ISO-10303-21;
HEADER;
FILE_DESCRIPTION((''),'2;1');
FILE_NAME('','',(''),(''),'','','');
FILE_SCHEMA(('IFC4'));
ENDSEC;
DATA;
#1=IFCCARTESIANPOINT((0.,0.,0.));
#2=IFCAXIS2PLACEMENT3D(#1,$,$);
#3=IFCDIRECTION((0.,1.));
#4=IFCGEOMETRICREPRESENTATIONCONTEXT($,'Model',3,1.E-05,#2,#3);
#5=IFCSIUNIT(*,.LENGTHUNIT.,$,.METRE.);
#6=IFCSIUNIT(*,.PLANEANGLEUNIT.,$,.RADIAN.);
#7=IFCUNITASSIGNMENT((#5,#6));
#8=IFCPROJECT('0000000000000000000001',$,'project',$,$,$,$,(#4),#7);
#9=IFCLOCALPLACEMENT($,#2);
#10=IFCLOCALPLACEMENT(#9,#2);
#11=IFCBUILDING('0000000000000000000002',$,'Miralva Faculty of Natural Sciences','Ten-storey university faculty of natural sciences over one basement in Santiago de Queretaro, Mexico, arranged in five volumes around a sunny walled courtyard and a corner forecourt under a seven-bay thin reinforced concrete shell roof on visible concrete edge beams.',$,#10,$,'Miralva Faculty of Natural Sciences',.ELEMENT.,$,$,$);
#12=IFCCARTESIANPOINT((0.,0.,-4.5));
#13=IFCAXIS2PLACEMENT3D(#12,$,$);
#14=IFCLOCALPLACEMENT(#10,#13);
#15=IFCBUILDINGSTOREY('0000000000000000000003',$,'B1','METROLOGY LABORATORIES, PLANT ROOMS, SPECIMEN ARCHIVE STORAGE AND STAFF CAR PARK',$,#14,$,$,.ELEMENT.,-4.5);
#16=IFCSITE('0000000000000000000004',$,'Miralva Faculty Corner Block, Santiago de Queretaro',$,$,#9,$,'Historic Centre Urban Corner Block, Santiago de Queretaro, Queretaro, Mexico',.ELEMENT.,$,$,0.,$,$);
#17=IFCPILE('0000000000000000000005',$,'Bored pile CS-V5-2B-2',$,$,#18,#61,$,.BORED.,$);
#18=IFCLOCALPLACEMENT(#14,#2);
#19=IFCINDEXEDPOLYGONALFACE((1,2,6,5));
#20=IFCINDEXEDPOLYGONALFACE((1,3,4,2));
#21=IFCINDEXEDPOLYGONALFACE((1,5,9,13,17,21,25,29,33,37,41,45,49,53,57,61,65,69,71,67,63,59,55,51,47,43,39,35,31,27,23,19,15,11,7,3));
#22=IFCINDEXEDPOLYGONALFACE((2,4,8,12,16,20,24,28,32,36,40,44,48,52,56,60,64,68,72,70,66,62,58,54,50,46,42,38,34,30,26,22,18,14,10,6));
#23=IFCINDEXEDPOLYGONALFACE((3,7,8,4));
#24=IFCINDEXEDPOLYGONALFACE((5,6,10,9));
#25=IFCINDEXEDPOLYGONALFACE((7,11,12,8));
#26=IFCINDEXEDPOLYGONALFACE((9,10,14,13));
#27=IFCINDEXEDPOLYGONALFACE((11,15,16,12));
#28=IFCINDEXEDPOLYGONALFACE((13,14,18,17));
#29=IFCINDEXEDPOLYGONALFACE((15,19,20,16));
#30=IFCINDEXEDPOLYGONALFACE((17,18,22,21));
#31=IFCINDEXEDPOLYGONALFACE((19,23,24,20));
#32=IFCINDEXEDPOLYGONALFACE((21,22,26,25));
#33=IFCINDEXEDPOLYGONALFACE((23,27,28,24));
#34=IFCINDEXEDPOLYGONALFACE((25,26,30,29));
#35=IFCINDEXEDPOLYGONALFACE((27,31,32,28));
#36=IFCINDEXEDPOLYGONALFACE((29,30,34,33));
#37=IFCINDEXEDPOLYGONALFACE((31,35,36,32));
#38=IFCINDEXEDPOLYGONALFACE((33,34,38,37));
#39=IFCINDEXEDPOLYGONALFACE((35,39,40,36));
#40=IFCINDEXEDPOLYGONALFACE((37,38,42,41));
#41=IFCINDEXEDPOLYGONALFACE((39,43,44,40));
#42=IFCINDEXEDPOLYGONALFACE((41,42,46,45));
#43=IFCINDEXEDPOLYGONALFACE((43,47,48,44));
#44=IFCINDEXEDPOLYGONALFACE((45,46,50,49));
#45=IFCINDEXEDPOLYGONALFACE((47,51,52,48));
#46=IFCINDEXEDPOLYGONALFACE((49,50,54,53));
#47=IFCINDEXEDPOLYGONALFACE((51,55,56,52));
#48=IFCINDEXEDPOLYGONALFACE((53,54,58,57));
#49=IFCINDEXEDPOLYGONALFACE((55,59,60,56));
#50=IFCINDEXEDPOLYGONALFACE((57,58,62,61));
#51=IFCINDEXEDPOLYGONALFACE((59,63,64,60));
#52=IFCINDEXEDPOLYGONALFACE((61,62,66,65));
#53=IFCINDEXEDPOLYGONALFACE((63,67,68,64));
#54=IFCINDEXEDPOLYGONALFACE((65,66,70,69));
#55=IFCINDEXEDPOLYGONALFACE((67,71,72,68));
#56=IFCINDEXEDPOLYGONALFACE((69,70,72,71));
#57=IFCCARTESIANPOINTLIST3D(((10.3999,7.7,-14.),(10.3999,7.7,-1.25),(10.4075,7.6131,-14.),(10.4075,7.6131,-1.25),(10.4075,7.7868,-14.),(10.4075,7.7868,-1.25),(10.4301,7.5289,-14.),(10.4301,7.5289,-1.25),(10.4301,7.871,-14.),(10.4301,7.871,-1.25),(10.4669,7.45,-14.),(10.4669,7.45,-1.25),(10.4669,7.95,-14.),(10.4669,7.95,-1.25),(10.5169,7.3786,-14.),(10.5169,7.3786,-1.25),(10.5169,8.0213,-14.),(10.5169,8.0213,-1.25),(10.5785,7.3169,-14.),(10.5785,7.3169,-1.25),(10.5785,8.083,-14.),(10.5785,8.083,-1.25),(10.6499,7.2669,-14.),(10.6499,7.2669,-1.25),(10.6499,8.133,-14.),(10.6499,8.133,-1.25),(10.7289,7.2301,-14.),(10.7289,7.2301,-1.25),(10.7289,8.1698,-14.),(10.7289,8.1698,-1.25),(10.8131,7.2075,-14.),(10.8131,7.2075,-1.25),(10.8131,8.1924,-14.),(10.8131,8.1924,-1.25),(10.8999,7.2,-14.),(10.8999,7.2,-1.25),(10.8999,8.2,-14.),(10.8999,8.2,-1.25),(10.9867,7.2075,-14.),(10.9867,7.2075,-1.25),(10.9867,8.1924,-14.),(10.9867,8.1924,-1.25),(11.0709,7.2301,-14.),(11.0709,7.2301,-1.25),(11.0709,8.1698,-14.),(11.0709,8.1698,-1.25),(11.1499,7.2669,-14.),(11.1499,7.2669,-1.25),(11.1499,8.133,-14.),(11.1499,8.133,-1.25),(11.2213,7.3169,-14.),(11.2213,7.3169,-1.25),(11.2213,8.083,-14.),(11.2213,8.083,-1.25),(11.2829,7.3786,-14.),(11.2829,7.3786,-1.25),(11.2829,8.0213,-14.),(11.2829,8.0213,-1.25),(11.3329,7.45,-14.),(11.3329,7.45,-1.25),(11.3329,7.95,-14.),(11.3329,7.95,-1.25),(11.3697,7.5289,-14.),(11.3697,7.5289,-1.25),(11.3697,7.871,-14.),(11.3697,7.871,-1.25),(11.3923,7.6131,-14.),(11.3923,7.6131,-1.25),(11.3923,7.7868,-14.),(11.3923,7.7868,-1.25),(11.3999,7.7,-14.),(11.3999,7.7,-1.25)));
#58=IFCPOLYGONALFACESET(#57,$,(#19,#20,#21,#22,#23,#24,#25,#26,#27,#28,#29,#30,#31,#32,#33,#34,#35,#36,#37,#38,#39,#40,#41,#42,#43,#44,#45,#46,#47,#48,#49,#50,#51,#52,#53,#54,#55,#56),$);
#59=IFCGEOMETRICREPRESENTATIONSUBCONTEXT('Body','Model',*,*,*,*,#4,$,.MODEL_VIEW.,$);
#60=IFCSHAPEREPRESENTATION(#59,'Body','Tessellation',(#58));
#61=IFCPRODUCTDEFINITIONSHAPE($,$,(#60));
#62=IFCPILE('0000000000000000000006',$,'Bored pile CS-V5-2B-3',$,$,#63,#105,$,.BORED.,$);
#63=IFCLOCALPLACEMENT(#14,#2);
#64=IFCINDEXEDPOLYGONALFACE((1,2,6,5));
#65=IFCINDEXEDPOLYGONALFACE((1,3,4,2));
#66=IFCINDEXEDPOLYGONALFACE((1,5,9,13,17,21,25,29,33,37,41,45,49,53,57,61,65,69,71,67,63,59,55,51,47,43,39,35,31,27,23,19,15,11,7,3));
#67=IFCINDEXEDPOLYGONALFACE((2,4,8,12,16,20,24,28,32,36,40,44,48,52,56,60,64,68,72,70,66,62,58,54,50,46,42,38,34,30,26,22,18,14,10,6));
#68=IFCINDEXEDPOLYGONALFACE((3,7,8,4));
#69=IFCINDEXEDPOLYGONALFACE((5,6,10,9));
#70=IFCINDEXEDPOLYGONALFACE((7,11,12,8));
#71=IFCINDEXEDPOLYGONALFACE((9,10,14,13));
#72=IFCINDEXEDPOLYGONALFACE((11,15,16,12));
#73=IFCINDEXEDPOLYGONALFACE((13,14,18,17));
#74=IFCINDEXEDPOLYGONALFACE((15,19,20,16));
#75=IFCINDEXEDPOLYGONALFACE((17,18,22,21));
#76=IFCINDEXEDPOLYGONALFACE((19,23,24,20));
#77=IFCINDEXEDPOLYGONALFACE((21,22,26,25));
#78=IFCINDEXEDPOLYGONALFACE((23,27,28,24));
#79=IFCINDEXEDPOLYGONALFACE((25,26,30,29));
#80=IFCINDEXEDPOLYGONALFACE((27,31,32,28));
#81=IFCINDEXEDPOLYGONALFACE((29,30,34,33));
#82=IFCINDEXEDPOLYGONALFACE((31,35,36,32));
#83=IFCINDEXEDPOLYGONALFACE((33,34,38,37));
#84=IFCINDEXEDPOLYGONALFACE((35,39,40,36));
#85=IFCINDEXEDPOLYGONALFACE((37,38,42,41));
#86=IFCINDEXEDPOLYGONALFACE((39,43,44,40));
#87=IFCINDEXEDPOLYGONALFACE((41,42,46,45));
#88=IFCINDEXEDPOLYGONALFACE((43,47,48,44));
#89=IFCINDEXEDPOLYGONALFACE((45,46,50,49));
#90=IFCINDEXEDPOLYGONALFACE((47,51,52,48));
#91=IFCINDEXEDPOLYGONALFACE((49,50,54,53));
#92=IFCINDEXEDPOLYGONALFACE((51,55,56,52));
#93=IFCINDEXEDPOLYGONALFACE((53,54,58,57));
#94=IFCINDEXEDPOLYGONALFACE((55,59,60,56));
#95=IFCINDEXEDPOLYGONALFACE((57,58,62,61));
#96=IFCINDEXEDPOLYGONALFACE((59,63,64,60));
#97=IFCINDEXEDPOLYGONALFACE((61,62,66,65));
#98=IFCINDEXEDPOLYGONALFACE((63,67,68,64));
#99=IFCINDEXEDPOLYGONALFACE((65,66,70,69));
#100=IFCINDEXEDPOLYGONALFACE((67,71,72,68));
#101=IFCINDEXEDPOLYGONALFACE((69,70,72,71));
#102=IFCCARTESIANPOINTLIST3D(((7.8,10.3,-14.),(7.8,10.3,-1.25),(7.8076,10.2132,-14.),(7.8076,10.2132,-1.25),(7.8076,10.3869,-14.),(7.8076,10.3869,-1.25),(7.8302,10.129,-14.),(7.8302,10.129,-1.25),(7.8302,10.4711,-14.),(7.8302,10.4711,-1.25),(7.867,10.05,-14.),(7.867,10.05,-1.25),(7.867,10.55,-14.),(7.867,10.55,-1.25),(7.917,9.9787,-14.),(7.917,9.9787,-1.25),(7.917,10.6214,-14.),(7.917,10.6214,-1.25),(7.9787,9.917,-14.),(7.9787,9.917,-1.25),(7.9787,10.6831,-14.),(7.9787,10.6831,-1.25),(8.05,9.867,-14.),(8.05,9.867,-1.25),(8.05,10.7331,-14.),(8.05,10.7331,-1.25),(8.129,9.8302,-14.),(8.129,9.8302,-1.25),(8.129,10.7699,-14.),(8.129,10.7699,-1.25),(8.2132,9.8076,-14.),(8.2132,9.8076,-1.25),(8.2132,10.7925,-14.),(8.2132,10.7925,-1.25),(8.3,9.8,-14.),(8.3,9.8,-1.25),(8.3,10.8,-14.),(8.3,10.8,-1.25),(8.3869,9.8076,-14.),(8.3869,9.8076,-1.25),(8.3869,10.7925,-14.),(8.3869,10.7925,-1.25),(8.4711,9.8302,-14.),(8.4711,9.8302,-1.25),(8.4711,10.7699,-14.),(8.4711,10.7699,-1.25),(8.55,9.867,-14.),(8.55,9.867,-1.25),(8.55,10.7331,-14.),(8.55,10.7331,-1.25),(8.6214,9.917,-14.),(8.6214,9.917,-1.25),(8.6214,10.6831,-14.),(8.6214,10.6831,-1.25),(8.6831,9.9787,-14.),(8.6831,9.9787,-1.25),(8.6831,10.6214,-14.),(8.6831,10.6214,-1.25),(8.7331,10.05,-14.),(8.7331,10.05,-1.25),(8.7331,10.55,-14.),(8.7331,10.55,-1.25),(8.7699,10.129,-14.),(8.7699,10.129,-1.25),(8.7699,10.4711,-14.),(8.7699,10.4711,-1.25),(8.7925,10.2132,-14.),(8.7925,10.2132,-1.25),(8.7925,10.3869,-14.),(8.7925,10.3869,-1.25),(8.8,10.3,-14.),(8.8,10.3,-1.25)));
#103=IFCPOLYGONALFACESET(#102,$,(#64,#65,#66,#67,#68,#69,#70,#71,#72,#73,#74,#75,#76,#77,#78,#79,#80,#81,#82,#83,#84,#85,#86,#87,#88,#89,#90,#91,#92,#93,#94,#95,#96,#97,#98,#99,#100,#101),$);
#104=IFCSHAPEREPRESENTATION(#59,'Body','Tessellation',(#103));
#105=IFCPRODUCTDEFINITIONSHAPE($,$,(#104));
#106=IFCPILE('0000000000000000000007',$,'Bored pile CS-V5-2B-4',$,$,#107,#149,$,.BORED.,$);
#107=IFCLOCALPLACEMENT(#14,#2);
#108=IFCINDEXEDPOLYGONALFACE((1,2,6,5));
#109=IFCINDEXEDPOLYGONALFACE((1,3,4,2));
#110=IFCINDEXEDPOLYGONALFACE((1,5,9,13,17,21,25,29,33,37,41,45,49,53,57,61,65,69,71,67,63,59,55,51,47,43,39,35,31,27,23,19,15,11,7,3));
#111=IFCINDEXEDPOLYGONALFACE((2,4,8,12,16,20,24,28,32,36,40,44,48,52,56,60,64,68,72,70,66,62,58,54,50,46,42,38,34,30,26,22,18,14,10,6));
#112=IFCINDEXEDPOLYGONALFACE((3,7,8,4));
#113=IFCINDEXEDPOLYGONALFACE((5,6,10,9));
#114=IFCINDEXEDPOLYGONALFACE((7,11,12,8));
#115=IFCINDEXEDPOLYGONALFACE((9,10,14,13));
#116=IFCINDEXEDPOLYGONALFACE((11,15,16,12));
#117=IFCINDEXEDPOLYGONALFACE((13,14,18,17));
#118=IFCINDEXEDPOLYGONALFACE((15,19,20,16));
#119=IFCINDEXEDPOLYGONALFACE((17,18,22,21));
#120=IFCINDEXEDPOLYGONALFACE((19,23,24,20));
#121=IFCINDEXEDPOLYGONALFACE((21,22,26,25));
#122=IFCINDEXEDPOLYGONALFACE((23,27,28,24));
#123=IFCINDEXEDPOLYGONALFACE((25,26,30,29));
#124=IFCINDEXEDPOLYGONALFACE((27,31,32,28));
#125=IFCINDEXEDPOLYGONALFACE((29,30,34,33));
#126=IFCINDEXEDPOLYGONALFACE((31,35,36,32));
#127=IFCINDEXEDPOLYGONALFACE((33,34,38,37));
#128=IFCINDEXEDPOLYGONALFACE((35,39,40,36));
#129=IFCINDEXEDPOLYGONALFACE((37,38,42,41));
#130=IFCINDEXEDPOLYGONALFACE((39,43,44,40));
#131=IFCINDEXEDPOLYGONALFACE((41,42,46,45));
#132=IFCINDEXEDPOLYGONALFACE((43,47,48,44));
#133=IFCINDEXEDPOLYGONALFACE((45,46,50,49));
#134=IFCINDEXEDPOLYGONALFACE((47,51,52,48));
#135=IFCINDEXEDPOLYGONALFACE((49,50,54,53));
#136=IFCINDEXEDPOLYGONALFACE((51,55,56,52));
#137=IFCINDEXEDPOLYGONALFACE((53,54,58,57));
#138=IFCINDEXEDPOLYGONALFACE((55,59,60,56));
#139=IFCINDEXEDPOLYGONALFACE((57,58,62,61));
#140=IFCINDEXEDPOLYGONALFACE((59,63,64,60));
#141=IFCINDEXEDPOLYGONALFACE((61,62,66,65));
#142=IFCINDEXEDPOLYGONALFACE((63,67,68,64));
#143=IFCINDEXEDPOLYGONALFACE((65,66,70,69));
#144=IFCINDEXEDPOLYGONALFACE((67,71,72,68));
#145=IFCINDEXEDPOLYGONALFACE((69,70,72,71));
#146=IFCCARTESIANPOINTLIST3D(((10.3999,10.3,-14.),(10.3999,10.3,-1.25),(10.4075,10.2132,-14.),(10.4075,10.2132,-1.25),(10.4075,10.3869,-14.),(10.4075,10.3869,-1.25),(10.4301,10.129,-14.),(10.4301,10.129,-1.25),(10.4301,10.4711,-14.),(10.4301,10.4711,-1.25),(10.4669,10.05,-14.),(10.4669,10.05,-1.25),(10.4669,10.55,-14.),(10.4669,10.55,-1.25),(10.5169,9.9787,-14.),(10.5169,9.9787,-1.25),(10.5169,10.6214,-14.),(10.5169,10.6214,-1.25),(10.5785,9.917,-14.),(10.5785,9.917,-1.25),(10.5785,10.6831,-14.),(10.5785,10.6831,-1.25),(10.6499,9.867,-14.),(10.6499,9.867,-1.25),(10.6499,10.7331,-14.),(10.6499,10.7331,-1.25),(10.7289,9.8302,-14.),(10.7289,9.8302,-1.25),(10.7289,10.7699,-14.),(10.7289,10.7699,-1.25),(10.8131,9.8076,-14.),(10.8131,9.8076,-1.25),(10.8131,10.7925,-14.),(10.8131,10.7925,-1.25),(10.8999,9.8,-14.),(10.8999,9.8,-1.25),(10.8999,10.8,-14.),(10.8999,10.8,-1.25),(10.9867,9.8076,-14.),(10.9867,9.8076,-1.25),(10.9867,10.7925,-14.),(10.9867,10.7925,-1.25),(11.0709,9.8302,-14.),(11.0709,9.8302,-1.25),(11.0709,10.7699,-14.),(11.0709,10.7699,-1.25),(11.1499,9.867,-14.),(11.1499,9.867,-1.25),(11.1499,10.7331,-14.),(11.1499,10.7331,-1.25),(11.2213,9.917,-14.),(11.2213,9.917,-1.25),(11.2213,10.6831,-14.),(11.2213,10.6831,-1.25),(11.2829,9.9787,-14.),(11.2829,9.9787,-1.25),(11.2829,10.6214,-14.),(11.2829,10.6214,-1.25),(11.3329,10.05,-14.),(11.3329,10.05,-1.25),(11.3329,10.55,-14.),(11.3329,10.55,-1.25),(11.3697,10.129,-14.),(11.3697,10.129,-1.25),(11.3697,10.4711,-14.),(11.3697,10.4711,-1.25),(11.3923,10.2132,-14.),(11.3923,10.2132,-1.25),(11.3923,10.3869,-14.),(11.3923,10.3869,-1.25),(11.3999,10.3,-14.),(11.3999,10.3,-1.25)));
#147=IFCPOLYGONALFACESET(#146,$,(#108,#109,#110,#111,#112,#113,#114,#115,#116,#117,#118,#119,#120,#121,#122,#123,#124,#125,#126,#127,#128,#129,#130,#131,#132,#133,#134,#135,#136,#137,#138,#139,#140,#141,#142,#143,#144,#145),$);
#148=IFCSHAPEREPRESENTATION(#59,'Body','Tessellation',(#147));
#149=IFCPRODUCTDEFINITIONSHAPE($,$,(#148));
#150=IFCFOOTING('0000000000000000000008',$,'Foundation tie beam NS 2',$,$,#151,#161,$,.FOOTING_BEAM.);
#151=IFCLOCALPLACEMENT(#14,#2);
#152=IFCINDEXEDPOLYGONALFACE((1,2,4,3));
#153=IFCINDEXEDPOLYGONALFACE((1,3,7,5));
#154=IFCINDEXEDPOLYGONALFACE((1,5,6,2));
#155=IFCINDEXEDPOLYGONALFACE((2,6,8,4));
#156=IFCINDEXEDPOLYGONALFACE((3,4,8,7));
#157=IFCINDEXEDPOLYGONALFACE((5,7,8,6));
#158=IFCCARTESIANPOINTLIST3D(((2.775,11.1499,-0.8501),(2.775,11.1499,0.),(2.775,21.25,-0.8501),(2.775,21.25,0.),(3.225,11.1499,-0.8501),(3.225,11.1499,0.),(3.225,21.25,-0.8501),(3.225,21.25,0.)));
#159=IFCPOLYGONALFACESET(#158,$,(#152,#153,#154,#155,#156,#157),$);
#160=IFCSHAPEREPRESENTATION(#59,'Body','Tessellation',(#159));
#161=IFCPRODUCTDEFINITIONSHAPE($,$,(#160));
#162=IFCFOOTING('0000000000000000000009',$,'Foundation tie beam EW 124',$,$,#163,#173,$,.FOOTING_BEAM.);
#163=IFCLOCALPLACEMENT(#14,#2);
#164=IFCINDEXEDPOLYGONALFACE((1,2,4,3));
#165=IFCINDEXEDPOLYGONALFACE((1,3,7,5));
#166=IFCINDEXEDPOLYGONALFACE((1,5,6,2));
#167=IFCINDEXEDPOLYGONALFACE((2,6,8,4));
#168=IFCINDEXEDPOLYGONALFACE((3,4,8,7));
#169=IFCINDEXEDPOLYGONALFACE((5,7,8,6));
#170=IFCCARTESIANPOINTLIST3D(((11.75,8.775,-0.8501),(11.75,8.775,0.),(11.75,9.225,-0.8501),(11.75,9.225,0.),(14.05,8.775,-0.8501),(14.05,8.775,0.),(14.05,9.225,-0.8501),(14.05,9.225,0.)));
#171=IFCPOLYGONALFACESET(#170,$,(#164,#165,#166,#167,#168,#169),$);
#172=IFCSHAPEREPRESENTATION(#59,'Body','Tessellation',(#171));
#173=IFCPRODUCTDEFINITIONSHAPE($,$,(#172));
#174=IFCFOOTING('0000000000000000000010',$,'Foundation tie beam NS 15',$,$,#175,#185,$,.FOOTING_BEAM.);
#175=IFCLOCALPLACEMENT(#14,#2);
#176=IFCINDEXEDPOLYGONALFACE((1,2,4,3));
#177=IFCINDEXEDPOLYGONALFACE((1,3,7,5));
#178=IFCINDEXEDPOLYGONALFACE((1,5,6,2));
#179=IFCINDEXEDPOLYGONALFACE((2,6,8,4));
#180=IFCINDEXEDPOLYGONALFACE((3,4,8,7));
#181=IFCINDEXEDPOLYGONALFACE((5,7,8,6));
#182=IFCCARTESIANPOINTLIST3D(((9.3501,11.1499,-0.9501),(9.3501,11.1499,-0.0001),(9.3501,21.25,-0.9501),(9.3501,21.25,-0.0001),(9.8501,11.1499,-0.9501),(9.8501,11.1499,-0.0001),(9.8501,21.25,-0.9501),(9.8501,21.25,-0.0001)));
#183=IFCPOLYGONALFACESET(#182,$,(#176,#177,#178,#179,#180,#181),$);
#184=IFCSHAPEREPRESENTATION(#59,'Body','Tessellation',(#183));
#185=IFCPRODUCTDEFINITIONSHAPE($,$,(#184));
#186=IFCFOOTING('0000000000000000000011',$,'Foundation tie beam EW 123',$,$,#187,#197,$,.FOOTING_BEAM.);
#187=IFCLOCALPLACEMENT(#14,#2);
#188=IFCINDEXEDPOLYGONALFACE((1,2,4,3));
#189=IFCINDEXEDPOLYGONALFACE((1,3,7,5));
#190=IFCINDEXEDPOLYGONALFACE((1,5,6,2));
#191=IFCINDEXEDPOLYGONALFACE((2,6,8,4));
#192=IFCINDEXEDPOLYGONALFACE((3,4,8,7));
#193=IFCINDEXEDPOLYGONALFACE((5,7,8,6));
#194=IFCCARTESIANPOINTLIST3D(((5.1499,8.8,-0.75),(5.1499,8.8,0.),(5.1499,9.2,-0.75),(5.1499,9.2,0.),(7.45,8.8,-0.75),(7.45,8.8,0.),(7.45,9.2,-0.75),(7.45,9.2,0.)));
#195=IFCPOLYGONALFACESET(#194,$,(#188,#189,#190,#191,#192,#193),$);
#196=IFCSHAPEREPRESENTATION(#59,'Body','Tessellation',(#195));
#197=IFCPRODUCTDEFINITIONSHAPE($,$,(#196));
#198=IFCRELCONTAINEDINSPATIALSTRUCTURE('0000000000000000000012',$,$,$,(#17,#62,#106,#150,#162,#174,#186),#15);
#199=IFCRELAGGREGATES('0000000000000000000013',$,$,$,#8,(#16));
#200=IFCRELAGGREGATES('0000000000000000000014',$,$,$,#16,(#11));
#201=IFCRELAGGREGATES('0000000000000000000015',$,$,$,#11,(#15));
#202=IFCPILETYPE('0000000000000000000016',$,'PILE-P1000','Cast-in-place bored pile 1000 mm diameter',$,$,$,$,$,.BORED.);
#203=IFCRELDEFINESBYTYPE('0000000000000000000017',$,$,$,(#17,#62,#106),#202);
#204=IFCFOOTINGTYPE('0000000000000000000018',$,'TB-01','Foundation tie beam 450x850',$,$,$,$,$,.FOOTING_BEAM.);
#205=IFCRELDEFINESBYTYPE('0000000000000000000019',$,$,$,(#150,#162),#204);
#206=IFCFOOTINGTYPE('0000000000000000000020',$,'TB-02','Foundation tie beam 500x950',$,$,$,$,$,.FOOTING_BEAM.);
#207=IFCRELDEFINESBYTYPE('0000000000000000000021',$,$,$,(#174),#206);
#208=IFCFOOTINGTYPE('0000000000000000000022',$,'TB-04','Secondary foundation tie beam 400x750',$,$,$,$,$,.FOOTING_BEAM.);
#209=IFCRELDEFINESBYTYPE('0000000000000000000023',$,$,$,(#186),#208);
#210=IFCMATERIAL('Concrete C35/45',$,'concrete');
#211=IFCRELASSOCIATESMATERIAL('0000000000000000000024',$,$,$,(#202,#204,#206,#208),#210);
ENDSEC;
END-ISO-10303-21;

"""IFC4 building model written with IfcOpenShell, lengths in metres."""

from ifc_helpers import new_model, si_unit, direction, frame, origin, origin_2d, place, context, subcontext, project, spatial, rectangle, circle, extrude, material, material_profile, profile_set, type_object, element, save


model = new_model("IFC4")

# Units and contexts
model_context = context("Model", 3, precision=1e-05, world=origin(), true_north=direction((0.0, 1.0)))
body_context = subcontext(model_context, "Body", "Model", "MODEL_VIEW")
ifc_project = project(units=[si_unit("LENGTHUNIT", "METRE"), si_unit("PLANEANGLEUNIT", "RADIAN")], contexts=[model_context])

# Site, building, storey
site_placement = place(None, origin())
site = spatial("IfcSite", under=ifc_project, at=site_placement, Name="Miralva Faculty Corner Block, Santiago de Queretaro", LongName="Historic Centre Urban Corner Block, Santiago de Queretaro, Queretaro, Mexico", CompositionType="ELEMENT", RefElevation=0.0)
building_placement = place(site_placement, origin())
building = spatial("IfcBuilding", under=site, at=building_placement, Name="Miralva Faculty of Natural Sciences", Description="Ten-storey university faculty of natural sciences over one basement in Santiago de Queretaro, Mexico, arranged in five volumes around a sunny walled courtyard and a corner forecourt under a seven-bay thin reinforced concrete shell roof on visible concrete edge beams.", LongName="Miralva Faculty of Natural Sciences", CompositionType="ELEMENT")
storey_placement = place(building_placement, frame((0.0, 0.0, -4.5)))
storey = spatial("IfcBuildingStorey", under=building, at=storey_placement, Name="B1", Description="METROLOGY LABORATORIES, PLANT ROOMS, SPECIMEN ARCHIVE STORAGE AND STAFF CAR PARK", CompositionType="ELEMENT", Elevation=-4.5)

# Shared definitions
ifc_material_1 = material(Name="Concrete C35/45", Category="concrete")

# Piles
ifc_material_profile_1 = material_profile(ifc_material_1, circle(Radius=0.5, at=origin_2d()), Name="BORED PILE 1000")
ifc_profile_set_1 = profile_set([ifc_material_profile_1], Name="Concrete C35/45")
pile_type = type_object("IfcPileType", Name="PILE-P1000", Description="Cast-in-place bored pile 1000 mm diameter", PredefinedType="BORED", material=ifc_profile_set_1)
for number, where, z_axis, x_axis, name in (
    (1, (10.8999, 7.7, -1.25), (0.0, 0.0, -1.0), (1.0, 0.0, 0.0), "Bored pile CS-V5-2B-2"),
    (2, (8.3, 10.3, -1.25), (0.0, 0.0, -1.0), (1.0, 0.0, 0.0), "Bored pile CS-V5-2B-3"),
    (3, (10.8999, 10.3, -1.25), (0.0, 0.0, -1.0), (1.0, 0.0, 0.0), "Bored pile CS-V5-2B-4"),
):
    element("IfcPile", number, at=place(storey_placement, frame(where, z_axis=z_axis, x_axis=x_axis)), inside=storey, type_object=pile_type, Name=name, PredefinedType="BORED", context=body_context, shape_type="SweptSolid", body=[
        extrude(circle(Radius=0.5, at=origin_2d()), origin(), (0.0, 0.0, 1.0), 12.75),
    ])

# Footings
ifc_material_profile_2 = material_profile(ifc_material_1, rectangle(XDim=0.45, YDim=0.8501, at=origin_2d()), Name="RC 450x850")
ifc_profile_set_2 = profile_set([ifc_material_profile_2], Name="Concrete C35/45")
footing_type_1 = type_object("IfcFootingType", Name="TB-01", Description="Foundation tie beam 450x850", PredefinedType="FOOTING_BEAM", material=ifc_profile_set_2)
footing_1_placement = place(storey_placement, frame((3.0, 11.1499, -0.425), z_axis=(0.0, 1.0, 0.0), x_axis=(-1.0, 0.0, 0.0)))
element("IfcFooting", 4, at=footing_1_placement, inside=storey, type_object=footing_type_1, Name="Foundation tie beam NS 2", PredefinedType="FOOTING_BEAM", context=body_context, shape_type="SweptSolid", body=[
    extrude(rectangle(XDim=0.45, YDim=0.8501, at=origin_2d()), origin(), (0.0, 0.0, 1.0), 10.1001),
])
footing_2_placement = place(storey_placement, frame((11.75, 9.0, -0.425), z_axis=(1.0, 0.0, 0.0), x_axis=(0.0, 1.0, 0.0)))
element("IfcFooting", 5, at=footing_2_placement, inside=storey, type_object=footing_type_1, Name="Foundation tie beam EW 124", PredefinedType="FOOTING_BEAM", context=body_context, shape_type="SweptSolid", body=[
    extrude(rectangle(XDim=0.45, YDim=0.8501, at=origin_2d()), origin(), (0.0, 0.0, 1.0), 2.3),
])
ifc_material_profile_3 = material_profile(ifc_material_1, rectangle(XDim=0.5, YDim=0.95, at=origin_2d()), Name="RC 500x950")
ifc_profile_set_3 = profile_set([ifc_material_profile_3], Name="Concrete C35/45")
footing_type_2 = type_object("IfcFootingType", Name="TB-02", Description="Foundation tie beam 500x950", PredefinedType="FOOTING_BEAM", material=ifc_profile_set_3)
footing_3_placement = place(storey_placement, frame((9.6001, 11.1499, -0.4751), z_axis=(0.0, 1.0, 0.0), x_axis=(-1.0, 0.0, 0.0)))
element("IfcFooting", 6, at=footing_3_placement, inside=storey, type_object=footing_type_2, Name="Foundation tie beam NS 15", PredefinedType="FOOTING_BEAM", context=body_context, shape_type="SweptSolid", body=[
    extrude(rectangle(XDim=0.5, YDim=0.95, at=origin_2d()), origin(), (0.0, 0.0, 1.0), 10.1001),
])
ifc_material_profile_4 = material_profile(ifc_material_1, rectangle(XDim=0.3999, YDim=0.75, at=origin_2d()), Name="RC 400x750")
ifc_profile_set_4 = profile_set([ifc_material_profile_4], Name="Concrete C35/45")
footing_type_3 = type_object("IfcFootingType", Name="TB-04", Description="Secondary foundation tie beam 400x750", PredefinedType="FOOTING_BEAM", material=ifc_profile_set_4)
footing_4_placement = place(storey_placement, frame((5.1499, 9.0, -0.375), z_axis=(1.0, 0.0, 0.0), x_axis=(0.0, 1.0, 0.0)))
element("IfcFooting", 7, at=footing_4_placement, inside=storey, type_object=footing_type_3, Name="Foundation tie beam EW 123", PredefinedType="FOOTING_BEAM", context=body_context, shape_type="SweptSolid", body=[
    extrude(rectangle(XDim=0.3999, YDim=0.75, at=origin_2d()), origin(), (0.0, 0.0, 1.0), 2.3),
])

save(model, "model.ifc")
